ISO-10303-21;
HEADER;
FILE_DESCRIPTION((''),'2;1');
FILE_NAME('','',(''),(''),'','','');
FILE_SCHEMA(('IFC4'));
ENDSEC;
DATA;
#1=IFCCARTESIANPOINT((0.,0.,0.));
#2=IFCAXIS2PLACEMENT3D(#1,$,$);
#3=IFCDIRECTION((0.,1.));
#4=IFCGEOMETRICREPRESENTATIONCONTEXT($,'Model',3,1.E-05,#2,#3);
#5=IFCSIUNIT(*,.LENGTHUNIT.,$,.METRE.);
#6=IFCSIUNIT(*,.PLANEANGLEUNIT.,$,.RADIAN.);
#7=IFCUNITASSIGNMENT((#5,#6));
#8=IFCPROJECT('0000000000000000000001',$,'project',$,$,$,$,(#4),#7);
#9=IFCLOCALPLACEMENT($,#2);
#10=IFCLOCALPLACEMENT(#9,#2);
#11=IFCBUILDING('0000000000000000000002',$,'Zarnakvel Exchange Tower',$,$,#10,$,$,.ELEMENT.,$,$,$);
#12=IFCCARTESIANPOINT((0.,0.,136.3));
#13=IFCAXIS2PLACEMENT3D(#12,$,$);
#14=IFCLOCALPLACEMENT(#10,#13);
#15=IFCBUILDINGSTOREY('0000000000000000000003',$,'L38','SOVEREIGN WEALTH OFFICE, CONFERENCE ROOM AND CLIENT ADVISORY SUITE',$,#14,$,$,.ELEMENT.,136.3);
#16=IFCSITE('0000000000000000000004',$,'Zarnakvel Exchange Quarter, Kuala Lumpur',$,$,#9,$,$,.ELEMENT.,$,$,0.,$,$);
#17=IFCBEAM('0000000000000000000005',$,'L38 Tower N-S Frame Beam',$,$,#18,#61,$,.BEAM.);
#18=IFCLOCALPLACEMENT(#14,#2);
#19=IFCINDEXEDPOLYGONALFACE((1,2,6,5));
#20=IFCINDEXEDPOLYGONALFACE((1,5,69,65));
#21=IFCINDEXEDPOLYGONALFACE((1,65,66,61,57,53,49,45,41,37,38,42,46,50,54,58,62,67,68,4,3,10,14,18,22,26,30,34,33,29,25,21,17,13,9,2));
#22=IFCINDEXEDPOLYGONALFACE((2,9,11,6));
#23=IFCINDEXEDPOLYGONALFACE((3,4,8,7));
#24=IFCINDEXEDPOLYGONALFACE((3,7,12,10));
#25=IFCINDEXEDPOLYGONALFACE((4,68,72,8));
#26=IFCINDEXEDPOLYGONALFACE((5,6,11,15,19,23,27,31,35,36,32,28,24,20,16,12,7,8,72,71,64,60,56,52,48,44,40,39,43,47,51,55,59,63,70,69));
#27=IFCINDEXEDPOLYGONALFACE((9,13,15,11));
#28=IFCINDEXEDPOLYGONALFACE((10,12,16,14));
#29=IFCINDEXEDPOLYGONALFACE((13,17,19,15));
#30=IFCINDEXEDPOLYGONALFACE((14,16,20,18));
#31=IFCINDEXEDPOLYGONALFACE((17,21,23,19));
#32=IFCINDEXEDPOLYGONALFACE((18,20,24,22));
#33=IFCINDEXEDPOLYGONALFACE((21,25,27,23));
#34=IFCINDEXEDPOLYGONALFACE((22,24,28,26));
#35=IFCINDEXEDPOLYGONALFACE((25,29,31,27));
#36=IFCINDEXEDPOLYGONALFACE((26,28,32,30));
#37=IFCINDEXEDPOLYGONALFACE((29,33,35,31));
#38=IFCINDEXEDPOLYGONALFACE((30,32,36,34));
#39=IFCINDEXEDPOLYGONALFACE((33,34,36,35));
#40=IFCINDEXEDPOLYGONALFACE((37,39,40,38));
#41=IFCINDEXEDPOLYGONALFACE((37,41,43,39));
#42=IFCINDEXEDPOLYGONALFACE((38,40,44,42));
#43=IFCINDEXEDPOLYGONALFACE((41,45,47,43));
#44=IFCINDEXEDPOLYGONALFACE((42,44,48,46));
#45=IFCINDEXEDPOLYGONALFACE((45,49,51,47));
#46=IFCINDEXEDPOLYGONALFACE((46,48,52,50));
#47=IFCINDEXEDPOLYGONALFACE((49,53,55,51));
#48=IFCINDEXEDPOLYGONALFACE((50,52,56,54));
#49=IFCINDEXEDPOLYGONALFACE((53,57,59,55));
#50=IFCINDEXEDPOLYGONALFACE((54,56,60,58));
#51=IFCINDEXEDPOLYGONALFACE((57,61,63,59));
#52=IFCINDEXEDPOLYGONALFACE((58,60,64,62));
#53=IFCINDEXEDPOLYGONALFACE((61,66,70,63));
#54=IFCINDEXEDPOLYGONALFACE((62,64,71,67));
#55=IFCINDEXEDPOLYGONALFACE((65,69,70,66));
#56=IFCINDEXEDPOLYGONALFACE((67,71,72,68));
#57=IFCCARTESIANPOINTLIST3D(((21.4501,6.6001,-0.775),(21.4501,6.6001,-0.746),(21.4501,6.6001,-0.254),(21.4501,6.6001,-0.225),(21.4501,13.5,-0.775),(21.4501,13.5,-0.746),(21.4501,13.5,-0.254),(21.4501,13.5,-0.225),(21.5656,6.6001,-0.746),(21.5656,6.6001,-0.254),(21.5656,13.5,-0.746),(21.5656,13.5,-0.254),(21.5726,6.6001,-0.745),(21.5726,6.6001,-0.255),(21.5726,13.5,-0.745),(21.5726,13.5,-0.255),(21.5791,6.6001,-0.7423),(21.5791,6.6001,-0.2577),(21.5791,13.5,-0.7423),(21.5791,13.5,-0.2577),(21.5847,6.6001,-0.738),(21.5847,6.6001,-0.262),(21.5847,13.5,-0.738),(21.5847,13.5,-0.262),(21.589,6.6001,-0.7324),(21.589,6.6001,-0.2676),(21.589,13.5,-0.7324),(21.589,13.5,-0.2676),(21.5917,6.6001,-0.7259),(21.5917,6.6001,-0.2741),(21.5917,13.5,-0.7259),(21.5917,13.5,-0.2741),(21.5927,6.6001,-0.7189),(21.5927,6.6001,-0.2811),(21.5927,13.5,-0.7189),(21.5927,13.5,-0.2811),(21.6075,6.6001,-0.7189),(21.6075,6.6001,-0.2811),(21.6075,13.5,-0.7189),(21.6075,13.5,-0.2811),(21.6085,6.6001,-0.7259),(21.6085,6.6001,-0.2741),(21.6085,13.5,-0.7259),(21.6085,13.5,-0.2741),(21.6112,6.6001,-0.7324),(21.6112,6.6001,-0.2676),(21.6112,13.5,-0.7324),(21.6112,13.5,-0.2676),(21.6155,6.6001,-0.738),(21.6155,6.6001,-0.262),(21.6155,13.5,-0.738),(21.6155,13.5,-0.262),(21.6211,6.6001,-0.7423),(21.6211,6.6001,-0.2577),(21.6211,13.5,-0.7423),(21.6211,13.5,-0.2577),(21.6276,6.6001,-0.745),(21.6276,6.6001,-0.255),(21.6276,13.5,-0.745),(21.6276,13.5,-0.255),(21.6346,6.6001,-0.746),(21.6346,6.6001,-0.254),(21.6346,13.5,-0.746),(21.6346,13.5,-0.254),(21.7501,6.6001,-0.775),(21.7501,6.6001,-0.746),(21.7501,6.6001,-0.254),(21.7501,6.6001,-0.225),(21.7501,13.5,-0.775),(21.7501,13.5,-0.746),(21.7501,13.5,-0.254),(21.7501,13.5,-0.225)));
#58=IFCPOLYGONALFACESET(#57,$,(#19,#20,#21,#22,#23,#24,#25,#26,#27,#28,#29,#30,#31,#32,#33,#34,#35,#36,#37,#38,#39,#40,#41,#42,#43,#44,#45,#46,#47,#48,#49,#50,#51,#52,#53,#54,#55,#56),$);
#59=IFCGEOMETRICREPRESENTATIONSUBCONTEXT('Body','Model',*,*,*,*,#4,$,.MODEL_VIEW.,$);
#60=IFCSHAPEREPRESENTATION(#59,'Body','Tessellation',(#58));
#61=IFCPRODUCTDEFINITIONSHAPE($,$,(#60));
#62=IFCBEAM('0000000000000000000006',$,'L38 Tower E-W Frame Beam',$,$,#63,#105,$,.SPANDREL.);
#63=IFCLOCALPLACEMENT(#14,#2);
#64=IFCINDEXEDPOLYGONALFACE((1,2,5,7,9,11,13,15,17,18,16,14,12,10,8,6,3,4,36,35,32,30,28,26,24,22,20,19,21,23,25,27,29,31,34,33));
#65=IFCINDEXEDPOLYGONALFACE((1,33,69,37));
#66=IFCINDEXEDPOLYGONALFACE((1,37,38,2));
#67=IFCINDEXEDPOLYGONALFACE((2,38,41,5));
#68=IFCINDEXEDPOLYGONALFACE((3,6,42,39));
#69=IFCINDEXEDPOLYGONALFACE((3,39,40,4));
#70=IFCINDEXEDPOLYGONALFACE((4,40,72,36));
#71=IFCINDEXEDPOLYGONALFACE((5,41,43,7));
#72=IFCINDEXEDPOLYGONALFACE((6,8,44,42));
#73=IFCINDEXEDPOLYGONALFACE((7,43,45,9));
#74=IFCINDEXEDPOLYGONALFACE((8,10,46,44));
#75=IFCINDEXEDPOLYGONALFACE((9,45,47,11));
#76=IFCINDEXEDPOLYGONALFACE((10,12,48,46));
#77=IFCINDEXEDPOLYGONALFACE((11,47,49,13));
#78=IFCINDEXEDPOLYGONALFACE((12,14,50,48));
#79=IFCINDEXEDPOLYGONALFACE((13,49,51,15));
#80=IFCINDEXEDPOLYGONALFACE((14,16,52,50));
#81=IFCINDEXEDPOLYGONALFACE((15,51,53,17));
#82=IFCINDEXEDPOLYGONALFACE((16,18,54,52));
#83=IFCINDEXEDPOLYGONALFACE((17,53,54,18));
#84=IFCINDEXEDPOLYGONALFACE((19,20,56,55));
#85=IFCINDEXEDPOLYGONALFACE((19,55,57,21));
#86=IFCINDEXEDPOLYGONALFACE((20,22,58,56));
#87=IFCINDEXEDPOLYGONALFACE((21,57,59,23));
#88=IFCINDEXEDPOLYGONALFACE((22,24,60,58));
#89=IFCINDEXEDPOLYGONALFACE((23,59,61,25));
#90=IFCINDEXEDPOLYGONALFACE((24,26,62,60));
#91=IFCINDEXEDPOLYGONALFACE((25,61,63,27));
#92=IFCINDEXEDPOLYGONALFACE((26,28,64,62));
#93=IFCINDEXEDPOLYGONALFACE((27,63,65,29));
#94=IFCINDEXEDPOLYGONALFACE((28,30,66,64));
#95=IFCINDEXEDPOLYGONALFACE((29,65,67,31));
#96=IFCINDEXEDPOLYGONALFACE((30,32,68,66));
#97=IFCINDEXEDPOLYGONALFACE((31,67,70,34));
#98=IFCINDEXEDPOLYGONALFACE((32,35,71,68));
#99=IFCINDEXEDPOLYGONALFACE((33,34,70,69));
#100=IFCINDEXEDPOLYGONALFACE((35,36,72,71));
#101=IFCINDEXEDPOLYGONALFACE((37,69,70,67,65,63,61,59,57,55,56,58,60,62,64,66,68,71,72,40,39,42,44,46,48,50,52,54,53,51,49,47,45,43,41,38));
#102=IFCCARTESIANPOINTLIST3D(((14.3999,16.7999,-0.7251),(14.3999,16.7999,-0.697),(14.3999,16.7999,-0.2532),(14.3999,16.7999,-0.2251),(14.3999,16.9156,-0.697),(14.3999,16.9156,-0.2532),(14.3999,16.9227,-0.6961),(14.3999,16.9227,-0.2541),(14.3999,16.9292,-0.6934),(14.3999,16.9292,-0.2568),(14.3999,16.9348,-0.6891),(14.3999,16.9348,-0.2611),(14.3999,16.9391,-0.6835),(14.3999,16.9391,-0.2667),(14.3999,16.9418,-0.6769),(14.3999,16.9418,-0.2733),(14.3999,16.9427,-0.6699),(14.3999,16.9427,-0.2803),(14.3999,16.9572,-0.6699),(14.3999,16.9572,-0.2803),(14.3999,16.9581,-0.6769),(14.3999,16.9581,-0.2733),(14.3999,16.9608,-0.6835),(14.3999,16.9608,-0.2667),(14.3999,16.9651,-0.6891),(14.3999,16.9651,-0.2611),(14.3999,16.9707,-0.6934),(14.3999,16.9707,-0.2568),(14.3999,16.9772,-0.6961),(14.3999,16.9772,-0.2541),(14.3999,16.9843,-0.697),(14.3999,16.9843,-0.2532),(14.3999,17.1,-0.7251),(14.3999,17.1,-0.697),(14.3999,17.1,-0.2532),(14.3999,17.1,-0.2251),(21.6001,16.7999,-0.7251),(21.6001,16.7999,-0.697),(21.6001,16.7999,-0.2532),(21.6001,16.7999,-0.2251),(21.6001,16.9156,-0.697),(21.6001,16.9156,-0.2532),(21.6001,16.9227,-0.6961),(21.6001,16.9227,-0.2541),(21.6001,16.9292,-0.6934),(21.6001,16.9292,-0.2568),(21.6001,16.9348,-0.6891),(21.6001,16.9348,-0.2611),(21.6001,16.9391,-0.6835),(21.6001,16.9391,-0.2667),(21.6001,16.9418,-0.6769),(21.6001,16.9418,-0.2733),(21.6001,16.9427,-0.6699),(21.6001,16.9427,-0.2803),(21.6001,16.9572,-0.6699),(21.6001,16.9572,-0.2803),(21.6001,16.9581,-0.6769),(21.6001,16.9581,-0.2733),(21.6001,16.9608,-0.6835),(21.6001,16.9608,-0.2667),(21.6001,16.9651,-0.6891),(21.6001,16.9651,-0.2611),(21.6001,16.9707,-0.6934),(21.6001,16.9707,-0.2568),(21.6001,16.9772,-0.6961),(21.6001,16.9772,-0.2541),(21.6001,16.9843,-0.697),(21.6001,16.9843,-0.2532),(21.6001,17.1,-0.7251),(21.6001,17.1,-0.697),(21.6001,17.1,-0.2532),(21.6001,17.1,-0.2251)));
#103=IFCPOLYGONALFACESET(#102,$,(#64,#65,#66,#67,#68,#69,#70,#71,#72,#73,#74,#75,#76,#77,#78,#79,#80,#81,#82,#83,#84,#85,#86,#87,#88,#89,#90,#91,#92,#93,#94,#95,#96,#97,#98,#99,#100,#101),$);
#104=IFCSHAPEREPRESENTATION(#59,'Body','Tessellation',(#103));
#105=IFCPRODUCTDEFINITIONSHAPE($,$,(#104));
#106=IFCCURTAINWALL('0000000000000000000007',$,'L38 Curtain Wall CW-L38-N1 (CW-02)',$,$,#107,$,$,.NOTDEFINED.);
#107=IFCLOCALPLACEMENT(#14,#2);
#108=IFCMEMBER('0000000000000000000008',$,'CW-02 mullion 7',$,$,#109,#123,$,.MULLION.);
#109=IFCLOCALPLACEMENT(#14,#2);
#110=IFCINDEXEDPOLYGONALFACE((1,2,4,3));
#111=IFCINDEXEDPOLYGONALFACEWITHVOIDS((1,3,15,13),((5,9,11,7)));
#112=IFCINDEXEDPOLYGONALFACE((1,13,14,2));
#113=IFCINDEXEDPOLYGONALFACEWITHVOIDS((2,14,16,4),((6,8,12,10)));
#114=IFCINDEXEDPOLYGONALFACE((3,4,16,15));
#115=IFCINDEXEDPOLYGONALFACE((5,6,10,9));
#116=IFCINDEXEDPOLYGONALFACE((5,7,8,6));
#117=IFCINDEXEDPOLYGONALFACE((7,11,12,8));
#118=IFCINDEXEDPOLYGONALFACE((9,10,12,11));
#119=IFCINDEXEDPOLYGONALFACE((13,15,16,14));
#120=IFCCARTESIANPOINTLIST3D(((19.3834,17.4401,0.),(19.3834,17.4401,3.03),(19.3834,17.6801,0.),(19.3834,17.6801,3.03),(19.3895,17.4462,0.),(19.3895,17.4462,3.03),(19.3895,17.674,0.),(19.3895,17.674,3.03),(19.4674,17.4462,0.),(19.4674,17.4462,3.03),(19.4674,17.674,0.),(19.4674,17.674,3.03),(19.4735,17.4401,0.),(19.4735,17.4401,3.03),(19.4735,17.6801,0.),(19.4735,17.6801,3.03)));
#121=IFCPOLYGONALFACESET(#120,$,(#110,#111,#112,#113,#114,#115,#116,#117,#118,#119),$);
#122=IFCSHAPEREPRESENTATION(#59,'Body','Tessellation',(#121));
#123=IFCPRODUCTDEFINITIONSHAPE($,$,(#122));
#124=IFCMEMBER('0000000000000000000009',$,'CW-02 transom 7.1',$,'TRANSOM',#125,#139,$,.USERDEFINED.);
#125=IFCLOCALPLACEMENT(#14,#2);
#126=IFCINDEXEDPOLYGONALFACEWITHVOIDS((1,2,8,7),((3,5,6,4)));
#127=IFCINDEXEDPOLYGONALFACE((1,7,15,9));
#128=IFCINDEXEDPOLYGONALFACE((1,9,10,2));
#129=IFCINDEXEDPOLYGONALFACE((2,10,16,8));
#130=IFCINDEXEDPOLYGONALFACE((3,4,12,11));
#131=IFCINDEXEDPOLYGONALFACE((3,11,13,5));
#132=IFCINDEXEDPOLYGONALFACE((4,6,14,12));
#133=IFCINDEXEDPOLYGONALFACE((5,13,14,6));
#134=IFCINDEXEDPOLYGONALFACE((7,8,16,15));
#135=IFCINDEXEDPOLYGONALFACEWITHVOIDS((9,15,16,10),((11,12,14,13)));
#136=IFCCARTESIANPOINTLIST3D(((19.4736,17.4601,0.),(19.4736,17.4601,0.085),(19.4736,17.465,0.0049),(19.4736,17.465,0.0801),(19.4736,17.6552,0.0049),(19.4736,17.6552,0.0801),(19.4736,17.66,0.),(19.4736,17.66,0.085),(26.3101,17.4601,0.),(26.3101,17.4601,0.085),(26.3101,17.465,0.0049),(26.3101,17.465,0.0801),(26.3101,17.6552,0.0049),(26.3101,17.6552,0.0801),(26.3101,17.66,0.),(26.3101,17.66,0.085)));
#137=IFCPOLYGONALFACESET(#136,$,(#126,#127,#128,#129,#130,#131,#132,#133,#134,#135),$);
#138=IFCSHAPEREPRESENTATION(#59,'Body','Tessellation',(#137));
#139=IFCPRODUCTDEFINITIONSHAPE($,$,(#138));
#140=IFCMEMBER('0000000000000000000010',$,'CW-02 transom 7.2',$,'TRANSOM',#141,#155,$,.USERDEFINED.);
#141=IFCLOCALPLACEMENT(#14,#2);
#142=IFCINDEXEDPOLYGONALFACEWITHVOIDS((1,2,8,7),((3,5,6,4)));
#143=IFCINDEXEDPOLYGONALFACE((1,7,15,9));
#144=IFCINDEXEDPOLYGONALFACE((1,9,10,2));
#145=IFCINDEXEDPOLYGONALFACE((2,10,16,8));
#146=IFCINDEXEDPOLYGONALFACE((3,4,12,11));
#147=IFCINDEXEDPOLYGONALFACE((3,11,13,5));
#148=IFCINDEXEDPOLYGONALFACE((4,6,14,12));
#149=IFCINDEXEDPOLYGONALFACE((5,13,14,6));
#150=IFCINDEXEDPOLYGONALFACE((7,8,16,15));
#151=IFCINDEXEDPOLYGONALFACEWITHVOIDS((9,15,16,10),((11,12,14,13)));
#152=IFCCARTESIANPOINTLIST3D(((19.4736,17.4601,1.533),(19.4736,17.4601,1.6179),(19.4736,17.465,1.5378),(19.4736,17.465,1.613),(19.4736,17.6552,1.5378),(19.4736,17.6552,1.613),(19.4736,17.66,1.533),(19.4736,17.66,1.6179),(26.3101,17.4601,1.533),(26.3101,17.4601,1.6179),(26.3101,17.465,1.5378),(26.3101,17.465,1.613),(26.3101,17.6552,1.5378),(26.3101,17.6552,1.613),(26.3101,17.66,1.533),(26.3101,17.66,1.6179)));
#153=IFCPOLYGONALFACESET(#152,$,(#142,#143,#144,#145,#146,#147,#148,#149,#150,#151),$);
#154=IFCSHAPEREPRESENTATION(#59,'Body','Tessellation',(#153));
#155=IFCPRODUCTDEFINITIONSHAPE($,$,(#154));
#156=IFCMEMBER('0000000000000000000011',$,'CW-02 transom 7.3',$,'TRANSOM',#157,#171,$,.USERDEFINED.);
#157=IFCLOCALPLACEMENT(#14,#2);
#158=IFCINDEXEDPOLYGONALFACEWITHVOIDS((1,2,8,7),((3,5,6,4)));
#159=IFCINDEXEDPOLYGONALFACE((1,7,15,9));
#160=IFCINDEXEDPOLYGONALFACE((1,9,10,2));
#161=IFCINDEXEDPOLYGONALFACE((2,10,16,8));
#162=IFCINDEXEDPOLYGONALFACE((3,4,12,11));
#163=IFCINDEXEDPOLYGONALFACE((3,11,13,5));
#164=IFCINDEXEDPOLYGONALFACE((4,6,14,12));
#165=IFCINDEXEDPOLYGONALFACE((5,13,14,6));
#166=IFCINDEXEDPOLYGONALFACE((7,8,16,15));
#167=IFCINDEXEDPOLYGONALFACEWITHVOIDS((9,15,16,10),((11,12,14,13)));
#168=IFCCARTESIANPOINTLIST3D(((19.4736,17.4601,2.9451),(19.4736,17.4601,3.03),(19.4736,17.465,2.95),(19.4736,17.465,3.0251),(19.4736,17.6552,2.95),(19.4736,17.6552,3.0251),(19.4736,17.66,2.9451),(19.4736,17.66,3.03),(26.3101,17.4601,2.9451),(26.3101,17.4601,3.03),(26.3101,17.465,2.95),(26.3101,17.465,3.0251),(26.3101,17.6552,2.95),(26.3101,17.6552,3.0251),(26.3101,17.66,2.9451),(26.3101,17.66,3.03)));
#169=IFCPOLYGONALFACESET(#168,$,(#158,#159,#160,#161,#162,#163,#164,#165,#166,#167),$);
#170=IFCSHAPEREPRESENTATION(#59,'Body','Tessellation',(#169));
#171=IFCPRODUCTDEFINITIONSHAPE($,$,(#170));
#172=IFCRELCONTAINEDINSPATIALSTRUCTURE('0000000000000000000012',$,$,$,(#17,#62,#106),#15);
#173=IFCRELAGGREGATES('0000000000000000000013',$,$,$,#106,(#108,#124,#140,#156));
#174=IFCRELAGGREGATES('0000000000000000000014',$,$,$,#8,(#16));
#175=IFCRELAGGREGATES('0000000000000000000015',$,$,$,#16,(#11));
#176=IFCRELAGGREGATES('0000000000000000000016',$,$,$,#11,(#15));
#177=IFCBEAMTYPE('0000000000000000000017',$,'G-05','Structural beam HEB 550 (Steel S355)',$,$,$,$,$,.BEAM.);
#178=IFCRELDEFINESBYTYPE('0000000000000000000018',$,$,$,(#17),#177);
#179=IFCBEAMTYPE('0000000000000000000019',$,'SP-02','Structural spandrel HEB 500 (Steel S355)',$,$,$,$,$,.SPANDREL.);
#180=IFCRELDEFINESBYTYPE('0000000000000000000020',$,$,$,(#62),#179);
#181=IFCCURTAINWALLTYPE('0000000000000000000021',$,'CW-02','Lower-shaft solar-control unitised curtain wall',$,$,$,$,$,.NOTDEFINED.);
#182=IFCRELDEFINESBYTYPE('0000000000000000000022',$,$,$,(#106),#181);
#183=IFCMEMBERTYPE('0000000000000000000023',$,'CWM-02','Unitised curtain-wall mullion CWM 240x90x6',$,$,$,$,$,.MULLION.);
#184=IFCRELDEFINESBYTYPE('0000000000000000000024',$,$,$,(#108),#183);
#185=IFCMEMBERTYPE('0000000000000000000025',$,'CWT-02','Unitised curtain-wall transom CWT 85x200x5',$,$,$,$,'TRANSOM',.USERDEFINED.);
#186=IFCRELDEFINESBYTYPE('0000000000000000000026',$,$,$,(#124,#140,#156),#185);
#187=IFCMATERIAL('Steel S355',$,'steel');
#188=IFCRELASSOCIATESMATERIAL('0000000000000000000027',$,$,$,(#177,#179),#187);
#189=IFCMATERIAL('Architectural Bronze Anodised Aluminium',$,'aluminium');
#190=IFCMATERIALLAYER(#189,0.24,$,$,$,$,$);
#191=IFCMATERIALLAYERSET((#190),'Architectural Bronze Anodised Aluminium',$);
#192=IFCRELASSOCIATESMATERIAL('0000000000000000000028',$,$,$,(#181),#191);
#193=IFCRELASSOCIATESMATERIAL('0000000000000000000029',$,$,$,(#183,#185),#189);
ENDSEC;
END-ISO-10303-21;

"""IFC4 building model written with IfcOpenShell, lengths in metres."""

from ifc_helpers import new_model, si_unit, direction, frame, origin, origin_2d, place, context, subcontext, project, spatial, hollow_rectangle, i_section, extrude, source, transform, mapped, material, layer, layer_set, material_profile, profile_set, type_object, element, aggregate, save


model = new_model("IFC4")

# Units and contexts
model_context = context("Model", 3, precision=1e-05, world=origin(), true_north=direction((0.0, 1.0)))
body_context = subcontext(model_context, "Body", "Model", "MODEL_VIEW")
ifc_project = project(units=[si_unit("LENGTHUNIT", "METRE"), si_unit("PLANEANGLEUNIT", "RADIAN")], contexts=[model_context])

# Site, building, storey
site_placement = place(None, origin())
site = spatial("IfcSite", under=ifc_project, at=site_placement, Name="Zarnakvel Exchange Quarter, Kuala Lumpur", CompositionType="ELEMENT", RefElevation=0.0)
building_placement = place(site_placement, origin())
building = spatial("IfcBuilding", under=site, at=building_placement, Name="Zarnakvel Exchange Tower", CompositionType="ELEMENT")
storey_placement = place(building_placement, frame((0.0, 0.0, 136.3)))
storey = spatial("IfcBuildingStorey", under=building, at=storey_placement, Name="L38", Description="SOVEREIGN WEALTH OFFICE, CONFERENCE ROOM AND CLIENT ADVISORY SUITE", CompositionType="ELEMENT", Elevation=136.3)

# Beams
ifc_material_1 = material(Name="Steel S355", Category="steel")
ifc_material_profile_1 = material_profile(ifc_material_1, i_section(OverallWidth=0.3, OverallDepth=0.55, WebThickness=0.0149, FlangeThickness=0.0291, FilletRadius=0.0271, at=origin_2d()))
ifc_profile_set_1 = profile_set([ifc_material_profile_1], Name="Steel S355")
beam_type_1 = type_object("IfcBeamType", Name="G-05", Description="Structural beam HEB 550 (Steel S355)", PredefinedType="BEAM", material=ifc_profile_set_1)
beam_1_placement = place(storey_placement, frame((21.6001, 6.6001, -0.5), z_axis=(0.0, 1.0, 0.0), x_axis=(-1.0, 0.0, 0.0)))
element("IfcBeam", 1, at=beam_1_placement, inside=storey, type_object=beam_type_1, Name="L38 Tower N-S Frame Beam", PredefinedType="BEAM", context=body_context, shape_type="SweptSolid", body=[
    extrude(i_section(OverallWidth=0.3, OverallDepth=0.55, WebThickness=0.0149, FlangeThickness=0.0291, FilletRadius=0.0271, at=origin_2d()), origin(), (0.0, 0.0, 1.0), 6.8999),
])
ifc_material_profile_2 = material_profile(ifc_material_1, i_section(OverallWidth=0.3, OverallDepth=0.5, WebThickness=0.0144, FlangeThickness=0.0281, FilletRadius=0.0271, at=origin_2d()))
ifc_profile_set_2 = profile_set([ifc_material_profile_2], Name="Steel S355")
beam_type_2 = type_object("IfcBeamType", Name="SP-02", Description="Structural spandrel HEB 500 (Steel S355)", PredefinedType="SPANDREL", material=ifc_profile_set_2)
beam_2_placement = place(storey_placement, frame((14.3999, 16.95, -0.4751), z_axis=(1.0, 0.0, 0.0), x_axis=(0.0, 1.0, 0.0)))
element("IfcBeam", 2, at=beam_2_placement, inside=storey, type_object=beam_type_2, Name="L38 Tower E-W Frame Beam", PredefinedType="SPANDREL", context=body_context, shape_type="SweptSolid", body=[
    extrude(i_section(OverallWidth=0.3, OverallDepth=0.5, WebThickness=0.0144, FlangeThickness=0.0281, FilletRadius=0.0271, at=origin_2d()), origin(), (0.0, 0.0, 1.0), 7.2002),
])

# Curtain wall, members
ifc_material_2 = material(Name="Architectural Bronze Anodised Aluminium", Category="aluminium")
ifc_layer_1 = layer(ifc_material_2, 0.24)
ifc_layer_set_1 = layer_set([ifc_layer_1], Name="Architectural Bronze Anodised Aluminium")
curtain_wall_type = type_object("IfcCurtainWallType", Name="CW-02", Description="Lower-shaft solar-control unitised curtain wall", PredefinedType="NOTDEFINED", material=ifc_layer_set_1)
curtain_wall_placement = place(storey_placement, origin())
curtain_wall = element("IfcCurtainWall", 3, at=curtain_wall_placement, inside=storey, type_object=curtain_wall_type, Name="L38 Curtain Wall CW-L38-N1 (CW-02)", PredefinedType="NOTDEFINED")
ifc_material_profile_3 = material_profile(ifc_material_2, hollow_rectangle(XDim=0.24, YDim=0.0901, WallThickness=0.0061, at=origin_2d()))
ifc_profile_set_3 = profile_set([ifc_material_profile_3], Name="Architectural Bronze Anodised Aluminium")
member_type_1 = type_object("IfcMemberType", Name="CWM-02", Description="Unitised curtain-wall mullion CWM 240x90x6", PredefinedType="MULLION", material=ifc_profile_set_3)
shared_shape_1 = source(origin(), body_context, "Body", "SweptSolid", [
    extrude(hollow_rectangle(XDim=0.24, YDim=0.0901, WallThickness=0.0061, at=origin_2d()), origin(), (0.0, 0.0, 1.0), 3.03),
])
member_1_placement = place(storey_placement, frame((19.4285, 17.5601, 0.0), z_axis=(0.0, 0.0, 1.0), x_axis=(0.0, 1.0, 0.0)))
member_1 = element("IfcMember", 4, at=member_1_placement, type_object=member_type_1, Name="CW-02 mullion 7", PredefinedType="MULLION", context=body_context, shape_type="MappedRepresentation", body=[
    mapped(shared_shape_1, transform((0.0, 0.0, 0.0), x_axis=(1.0, 0.0, 0.0), y_axis=(0.0, 1.0, 0.0), z_axis=(0.0, 0.0, 1.0), scale=1.0)),
])
ifc_material_profile_4 = material_profile(ifc_material_2, hollow_rectangle(XDim=0.2, YDim=0.085, WallThickness=0.0049, at=origin_2d()))
ifc_profile_set_4 = profile_set([ifc_material_profile_4], Name="Architectural Bronze Anodised Aluminium")
member_type_2 = type_object("IfcMemberType", Name="CWT-02", Description="Unitised curtain-wall transom CWT 85x200x5", ElementType="TRANSOM", PredefinedType="USERDEFINED", material=ifc_profile_set_4)
shared_shape_2 = source(origin(), body_context, "Body", "SweptSolid", [
    extrude(hollow_rectangle(XDim=0.2, YDim=0.085, WallThickness=0.0049, at=origin_2d()), origin(), (0.0, 0.0, 1.0), 6.8364),
])
member_2_placement = place(storey_placement, frame((19.4736, 17.5601, 0.0425), z_axis=(1.0, 0.0, 0.0), x_axis=(0.0, 1.0, 0.0)))
member_2 = element("IfcMember", 5, at=member_2_placement, type_object=member_type_2, Name="CW-02 transom 7.1", ObjectType="TRANSOM", PredefinedType="USERDEFINED", context=body_context, shape_type="MappedRepresentation", body=[
    mapped(shared_shape_2, transform((0.0, 0.0, 0.0), x_axis=(1.0, 0.0, 0.0), y_axis=(0.0, 1.0, 0.0), z_axis=(0.0, 0.0, 1.0), scale=1.0)),
])
member_3_placement = place(storey_placement, frame((19.4736, 17.5601, 1.5754), z_axis=(1.0, 0.0, 0.0), x_axis=(0.0, 1.0, 0.0)))
member_3 = element("IfcMember", 6, at=member_3_placement, type_object=member_type_2, Name="CW-02 transom 7.2", ObjectType="TRANSOM", PredefinedType="USERDEFINED", context=body_context, shape_type="MappedRepresentation", body=[
    mapped(shared_shape_2, transform((0.0, 0.0, 0.0), x_axis=(1.0, 0.0, 0.0), y_axis=(0.0, 1.0, 0.0), z_axis=(0.0, 0.0, 1.0), scale=1.0)),
])
member_4_placement = place(storey_placement, frame((19.4736, 17.5601, 2.9875), z_axis=(1.0, 0.0, 0.0), x_axis=(0.0, 1.0, 0.0)))
member_4 = element("IfcMember", 7, at=member_4_placement, type_object=member_type_2, Name="CW-02 transom 7.3", ObjectType="TRANSOM", PredefinedType="USERDEFINED", context=body_context, shape_type="MappedRepresentation", body=[
    mapped(shared_shape_2, transform((0.0, 0.0, 0.0), x_axis=(1.0, 0.0, 0.0), y_axis=(0.0, 1.0, 0.0), z_axis=(0.0, 0.0, 1.0), scale=1.0)),
])
aggregate(curtain_wall, [member_1, member_2, member_3, member_4])

save(model, "model.ifc")
